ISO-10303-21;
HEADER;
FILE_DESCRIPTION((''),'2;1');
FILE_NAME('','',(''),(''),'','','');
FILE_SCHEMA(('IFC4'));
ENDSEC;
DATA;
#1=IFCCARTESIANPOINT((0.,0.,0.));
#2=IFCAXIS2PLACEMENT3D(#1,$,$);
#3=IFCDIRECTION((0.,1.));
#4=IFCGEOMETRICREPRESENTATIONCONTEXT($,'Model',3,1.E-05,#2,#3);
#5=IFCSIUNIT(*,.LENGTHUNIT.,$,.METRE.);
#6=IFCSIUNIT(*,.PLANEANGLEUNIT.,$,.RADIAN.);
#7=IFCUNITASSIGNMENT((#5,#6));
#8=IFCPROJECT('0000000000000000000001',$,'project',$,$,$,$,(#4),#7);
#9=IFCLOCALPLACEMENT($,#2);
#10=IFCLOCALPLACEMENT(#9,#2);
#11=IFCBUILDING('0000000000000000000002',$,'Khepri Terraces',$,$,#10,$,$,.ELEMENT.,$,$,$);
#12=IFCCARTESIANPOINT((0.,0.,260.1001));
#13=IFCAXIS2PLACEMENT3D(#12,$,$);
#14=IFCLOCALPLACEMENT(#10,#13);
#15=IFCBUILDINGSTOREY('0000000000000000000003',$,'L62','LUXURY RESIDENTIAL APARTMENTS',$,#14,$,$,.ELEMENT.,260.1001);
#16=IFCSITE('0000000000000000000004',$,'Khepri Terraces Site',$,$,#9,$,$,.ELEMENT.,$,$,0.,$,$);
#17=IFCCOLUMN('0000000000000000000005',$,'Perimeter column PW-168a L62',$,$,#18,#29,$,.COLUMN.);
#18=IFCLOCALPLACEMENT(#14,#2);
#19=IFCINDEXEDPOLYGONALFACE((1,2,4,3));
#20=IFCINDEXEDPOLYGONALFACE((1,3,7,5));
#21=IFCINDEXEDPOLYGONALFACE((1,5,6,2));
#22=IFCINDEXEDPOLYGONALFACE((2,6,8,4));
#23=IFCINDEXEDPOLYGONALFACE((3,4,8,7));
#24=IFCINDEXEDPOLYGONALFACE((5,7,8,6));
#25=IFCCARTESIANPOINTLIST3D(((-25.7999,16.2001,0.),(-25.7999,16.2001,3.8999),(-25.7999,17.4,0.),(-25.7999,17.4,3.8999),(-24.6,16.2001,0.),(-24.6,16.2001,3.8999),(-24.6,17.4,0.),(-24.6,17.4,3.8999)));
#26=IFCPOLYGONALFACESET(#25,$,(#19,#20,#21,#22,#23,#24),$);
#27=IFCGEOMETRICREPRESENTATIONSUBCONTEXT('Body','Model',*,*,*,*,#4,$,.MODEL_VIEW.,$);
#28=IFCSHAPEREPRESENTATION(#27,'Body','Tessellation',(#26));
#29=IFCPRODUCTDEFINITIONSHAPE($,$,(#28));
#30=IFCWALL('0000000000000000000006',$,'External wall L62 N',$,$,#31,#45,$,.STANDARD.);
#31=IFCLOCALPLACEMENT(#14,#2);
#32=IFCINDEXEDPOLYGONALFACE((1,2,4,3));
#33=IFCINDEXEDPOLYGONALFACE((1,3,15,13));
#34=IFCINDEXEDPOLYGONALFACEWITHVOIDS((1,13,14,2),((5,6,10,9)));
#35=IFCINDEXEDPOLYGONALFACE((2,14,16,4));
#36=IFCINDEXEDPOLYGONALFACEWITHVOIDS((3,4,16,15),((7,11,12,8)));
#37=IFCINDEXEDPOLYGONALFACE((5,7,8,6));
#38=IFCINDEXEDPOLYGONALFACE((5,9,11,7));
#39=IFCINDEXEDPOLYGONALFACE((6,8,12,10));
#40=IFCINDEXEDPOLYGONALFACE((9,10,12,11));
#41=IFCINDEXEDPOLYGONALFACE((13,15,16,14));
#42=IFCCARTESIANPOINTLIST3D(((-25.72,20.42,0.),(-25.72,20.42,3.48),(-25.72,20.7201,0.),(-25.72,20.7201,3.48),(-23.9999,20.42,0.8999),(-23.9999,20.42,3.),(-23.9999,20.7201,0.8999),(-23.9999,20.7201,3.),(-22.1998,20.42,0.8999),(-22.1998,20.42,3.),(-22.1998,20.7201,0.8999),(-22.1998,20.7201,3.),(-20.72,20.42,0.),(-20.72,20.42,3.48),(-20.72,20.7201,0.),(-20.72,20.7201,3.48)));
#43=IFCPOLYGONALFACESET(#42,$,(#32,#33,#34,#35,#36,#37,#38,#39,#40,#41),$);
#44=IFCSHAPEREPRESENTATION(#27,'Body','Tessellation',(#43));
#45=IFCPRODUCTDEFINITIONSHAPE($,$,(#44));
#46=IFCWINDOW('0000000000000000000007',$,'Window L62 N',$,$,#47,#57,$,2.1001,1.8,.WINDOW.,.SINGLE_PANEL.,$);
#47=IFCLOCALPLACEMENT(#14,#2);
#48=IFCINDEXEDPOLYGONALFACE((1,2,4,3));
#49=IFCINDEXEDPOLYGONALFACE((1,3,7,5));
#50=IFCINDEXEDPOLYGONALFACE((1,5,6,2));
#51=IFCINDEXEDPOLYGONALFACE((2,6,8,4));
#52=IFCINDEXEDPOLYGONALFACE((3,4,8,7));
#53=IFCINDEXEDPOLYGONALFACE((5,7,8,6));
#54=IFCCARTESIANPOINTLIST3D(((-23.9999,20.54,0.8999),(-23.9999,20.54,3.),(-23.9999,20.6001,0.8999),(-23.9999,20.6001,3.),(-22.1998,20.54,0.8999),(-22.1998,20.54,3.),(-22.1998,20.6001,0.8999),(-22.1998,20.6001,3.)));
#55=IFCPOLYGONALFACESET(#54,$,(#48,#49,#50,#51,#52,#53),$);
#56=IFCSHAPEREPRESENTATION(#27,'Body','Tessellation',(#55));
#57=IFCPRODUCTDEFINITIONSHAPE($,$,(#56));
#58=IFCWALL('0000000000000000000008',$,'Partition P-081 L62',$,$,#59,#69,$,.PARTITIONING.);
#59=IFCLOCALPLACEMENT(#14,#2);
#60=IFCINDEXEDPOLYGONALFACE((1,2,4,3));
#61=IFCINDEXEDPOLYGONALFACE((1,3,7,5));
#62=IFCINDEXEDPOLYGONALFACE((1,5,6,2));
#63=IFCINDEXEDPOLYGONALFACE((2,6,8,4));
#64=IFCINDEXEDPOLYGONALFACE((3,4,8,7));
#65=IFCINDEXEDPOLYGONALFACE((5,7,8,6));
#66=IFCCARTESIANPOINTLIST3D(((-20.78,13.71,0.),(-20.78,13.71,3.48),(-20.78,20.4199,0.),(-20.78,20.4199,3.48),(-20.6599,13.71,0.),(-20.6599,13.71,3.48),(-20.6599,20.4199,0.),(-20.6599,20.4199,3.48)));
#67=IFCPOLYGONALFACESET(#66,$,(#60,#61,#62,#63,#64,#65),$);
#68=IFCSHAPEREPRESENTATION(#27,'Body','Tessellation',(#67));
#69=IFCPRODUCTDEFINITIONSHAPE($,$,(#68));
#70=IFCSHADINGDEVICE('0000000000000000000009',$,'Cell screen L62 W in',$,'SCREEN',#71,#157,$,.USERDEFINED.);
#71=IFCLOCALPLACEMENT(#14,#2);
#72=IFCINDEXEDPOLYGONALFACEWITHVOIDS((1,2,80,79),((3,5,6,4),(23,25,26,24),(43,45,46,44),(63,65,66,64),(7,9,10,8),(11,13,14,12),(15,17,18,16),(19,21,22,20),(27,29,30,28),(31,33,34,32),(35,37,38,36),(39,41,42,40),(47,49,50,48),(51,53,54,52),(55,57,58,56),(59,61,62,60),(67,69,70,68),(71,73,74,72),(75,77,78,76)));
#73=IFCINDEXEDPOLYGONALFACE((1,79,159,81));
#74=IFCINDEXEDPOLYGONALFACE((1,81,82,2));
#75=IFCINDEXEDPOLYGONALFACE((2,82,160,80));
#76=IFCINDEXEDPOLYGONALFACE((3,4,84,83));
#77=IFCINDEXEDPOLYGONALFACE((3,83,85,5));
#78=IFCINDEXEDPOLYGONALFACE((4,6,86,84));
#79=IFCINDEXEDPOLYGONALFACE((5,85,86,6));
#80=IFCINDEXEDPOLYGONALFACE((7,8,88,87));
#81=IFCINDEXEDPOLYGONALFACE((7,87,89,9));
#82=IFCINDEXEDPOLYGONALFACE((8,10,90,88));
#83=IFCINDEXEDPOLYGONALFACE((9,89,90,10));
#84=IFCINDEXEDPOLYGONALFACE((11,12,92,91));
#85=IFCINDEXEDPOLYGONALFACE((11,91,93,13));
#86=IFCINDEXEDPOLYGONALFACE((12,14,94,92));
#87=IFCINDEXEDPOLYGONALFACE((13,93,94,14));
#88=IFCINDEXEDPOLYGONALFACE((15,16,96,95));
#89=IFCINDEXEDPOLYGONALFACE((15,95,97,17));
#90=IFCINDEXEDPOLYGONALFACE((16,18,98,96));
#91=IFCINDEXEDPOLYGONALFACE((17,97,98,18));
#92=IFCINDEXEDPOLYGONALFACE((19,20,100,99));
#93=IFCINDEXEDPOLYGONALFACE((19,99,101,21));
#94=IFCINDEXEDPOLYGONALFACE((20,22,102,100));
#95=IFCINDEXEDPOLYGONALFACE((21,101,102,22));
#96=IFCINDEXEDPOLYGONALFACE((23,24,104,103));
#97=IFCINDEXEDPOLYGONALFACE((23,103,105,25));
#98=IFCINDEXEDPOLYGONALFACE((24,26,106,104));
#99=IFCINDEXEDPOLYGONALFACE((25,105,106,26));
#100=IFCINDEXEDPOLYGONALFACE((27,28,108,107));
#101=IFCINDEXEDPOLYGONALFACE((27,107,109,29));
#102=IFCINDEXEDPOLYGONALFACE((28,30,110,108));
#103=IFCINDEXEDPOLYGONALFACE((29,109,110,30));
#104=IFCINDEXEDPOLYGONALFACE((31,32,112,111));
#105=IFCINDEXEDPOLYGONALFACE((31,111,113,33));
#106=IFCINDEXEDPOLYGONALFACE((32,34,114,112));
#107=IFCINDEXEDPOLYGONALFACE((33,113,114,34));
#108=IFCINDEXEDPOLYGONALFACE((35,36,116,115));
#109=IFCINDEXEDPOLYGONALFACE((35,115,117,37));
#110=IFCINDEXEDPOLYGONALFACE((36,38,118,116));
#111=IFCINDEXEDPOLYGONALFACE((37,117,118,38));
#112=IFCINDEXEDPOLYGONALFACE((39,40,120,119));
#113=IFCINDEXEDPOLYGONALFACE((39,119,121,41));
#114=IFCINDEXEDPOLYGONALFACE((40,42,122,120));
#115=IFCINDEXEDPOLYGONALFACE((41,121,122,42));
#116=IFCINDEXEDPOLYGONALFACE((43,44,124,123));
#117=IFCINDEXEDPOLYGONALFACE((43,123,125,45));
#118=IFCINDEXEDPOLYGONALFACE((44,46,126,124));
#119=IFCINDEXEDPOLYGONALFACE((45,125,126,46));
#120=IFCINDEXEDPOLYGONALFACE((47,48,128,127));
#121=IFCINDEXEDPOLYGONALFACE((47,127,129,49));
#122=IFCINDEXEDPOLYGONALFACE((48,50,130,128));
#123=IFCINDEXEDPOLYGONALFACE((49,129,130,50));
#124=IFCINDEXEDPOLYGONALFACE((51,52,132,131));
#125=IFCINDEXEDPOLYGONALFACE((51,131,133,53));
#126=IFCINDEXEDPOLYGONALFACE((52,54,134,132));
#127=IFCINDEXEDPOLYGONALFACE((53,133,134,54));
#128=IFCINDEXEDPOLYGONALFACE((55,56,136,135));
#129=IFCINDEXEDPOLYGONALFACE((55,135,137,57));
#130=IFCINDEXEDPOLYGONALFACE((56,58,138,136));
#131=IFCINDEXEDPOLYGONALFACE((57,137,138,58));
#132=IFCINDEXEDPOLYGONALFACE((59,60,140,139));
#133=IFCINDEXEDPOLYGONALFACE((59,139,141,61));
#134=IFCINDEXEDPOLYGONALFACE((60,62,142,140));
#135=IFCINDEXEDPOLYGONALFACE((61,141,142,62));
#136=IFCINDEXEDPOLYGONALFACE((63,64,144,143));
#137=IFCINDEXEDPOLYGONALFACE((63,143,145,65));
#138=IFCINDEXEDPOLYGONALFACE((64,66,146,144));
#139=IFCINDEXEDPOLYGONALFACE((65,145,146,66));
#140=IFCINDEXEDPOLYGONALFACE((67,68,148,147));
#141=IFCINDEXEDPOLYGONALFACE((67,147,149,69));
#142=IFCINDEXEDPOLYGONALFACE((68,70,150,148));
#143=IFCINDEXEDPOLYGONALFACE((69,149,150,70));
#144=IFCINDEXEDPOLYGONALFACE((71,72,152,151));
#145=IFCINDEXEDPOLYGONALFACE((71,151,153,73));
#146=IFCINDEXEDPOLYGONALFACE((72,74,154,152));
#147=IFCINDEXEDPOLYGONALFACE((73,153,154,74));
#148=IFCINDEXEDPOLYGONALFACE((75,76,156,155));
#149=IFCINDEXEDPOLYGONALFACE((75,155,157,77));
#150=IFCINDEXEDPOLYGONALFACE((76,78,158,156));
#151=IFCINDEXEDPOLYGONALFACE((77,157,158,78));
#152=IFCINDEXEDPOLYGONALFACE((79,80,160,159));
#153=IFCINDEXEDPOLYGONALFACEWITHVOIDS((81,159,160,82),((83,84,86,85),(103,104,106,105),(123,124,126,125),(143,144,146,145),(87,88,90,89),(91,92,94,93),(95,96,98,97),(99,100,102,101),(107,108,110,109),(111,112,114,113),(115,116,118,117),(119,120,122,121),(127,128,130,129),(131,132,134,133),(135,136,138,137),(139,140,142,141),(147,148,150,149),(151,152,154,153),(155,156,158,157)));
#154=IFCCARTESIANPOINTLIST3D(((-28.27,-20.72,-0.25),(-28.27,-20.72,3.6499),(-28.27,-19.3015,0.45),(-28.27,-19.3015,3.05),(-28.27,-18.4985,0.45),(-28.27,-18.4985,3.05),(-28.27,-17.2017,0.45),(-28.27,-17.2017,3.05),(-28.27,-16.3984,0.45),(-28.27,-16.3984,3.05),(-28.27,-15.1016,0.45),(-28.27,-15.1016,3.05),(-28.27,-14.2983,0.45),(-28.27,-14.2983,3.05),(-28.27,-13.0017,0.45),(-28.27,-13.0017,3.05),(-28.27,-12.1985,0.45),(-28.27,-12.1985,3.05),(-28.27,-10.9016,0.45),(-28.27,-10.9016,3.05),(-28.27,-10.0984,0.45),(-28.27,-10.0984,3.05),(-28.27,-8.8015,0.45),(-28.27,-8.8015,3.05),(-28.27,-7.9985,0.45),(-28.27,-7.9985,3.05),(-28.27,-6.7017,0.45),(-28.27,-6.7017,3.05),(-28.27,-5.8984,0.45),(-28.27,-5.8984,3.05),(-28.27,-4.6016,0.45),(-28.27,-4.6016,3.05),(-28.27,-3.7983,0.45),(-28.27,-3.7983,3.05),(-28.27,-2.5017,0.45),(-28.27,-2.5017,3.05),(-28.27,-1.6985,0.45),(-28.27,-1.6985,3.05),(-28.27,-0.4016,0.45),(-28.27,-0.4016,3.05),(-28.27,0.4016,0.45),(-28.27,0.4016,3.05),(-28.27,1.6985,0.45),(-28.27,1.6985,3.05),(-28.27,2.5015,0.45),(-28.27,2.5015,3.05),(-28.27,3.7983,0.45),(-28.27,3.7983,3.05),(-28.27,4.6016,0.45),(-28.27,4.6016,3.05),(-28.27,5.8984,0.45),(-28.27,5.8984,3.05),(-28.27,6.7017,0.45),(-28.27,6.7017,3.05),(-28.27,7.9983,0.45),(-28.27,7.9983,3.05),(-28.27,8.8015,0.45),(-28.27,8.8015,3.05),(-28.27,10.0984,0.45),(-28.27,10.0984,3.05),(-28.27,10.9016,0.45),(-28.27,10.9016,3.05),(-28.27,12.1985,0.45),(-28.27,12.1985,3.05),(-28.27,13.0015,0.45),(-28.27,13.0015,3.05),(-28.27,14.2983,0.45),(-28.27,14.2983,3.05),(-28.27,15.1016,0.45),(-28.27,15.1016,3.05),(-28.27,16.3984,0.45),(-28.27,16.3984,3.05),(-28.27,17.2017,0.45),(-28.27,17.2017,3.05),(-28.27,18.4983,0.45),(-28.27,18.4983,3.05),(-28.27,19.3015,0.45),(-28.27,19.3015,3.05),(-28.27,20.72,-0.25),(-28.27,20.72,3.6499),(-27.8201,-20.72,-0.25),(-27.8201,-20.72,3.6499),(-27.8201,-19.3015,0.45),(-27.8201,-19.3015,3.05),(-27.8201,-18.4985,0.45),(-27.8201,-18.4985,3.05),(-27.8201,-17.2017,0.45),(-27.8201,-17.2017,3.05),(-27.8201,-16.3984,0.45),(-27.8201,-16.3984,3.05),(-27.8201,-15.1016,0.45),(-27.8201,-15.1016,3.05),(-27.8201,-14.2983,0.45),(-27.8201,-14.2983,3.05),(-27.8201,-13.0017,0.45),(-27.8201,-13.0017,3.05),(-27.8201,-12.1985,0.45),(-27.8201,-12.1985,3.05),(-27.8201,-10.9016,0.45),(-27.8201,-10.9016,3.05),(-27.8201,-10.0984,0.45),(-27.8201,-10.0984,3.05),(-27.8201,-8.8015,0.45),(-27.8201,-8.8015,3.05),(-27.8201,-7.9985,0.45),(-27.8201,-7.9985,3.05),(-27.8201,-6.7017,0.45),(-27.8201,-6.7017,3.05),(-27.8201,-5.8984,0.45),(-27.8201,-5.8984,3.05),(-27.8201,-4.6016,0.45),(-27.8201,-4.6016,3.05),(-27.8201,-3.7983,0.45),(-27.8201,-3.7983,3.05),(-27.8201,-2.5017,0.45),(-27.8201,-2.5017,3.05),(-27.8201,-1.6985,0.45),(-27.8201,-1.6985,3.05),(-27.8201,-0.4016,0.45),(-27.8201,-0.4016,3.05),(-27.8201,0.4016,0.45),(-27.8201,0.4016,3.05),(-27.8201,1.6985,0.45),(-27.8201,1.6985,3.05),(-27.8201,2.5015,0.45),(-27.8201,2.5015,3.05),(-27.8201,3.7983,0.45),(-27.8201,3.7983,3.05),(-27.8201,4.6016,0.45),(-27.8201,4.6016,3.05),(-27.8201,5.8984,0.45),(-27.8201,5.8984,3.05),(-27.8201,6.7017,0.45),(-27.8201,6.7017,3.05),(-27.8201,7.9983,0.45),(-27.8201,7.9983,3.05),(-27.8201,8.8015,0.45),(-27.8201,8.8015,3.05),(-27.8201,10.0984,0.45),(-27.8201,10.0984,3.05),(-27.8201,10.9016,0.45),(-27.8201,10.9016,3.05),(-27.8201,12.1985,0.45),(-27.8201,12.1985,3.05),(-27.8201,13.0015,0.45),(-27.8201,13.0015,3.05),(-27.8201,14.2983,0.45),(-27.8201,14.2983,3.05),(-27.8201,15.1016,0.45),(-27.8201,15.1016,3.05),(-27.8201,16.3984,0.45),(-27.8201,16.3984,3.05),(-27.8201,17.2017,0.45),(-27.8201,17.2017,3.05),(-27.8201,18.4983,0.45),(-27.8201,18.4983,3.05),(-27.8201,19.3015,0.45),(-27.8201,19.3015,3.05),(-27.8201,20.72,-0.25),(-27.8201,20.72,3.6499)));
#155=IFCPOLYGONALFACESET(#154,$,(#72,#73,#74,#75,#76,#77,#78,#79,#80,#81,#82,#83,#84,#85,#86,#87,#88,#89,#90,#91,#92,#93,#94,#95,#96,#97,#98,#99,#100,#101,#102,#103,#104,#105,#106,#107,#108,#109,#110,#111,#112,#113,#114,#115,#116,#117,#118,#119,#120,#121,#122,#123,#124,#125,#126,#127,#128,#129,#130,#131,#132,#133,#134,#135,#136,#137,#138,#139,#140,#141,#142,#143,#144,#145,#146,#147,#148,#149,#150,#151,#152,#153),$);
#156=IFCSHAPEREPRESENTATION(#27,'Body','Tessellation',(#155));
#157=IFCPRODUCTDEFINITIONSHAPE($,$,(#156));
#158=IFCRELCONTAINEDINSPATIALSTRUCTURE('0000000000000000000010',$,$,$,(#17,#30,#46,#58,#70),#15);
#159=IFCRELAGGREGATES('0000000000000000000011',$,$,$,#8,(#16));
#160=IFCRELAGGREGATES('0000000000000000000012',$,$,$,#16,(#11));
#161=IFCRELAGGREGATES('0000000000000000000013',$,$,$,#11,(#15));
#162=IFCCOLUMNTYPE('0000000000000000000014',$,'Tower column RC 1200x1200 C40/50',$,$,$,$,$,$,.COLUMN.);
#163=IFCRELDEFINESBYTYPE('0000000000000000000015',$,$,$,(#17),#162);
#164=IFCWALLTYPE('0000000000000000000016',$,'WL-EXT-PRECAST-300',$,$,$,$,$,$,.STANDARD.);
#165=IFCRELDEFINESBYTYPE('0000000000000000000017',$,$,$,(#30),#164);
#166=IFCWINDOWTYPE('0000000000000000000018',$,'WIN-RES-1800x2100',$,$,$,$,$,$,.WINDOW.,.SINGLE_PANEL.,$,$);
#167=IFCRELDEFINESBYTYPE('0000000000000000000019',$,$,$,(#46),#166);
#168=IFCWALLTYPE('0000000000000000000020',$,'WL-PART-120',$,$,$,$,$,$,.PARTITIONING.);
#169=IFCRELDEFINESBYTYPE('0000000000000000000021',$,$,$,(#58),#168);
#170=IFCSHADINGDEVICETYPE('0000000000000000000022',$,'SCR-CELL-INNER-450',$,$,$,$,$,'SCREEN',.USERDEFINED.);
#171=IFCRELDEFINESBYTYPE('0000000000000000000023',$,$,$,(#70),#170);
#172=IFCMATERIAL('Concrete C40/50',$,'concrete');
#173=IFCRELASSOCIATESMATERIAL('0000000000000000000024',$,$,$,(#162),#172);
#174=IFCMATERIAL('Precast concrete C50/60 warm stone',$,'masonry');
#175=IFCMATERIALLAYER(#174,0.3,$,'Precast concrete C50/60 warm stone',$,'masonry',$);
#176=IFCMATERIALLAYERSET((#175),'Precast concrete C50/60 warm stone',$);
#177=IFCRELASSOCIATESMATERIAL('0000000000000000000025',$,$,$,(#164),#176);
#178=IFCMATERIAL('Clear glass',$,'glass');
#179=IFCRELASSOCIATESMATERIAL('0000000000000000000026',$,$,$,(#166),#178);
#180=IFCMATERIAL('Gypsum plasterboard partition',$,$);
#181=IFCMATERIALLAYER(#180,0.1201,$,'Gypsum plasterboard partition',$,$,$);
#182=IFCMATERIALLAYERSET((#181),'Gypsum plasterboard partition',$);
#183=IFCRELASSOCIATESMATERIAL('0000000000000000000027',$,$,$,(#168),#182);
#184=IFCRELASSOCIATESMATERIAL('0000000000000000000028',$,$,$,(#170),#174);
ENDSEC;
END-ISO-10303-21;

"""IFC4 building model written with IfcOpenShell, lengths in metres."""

from ifc_helpers import new_model, si_unit, direction, frame, frame_2d, origin, origin_2d, place, context, subcontext, project, spatial, polyline, rectangle, outline, extrude, material, layer, layer_set, material_profile, profile_set, type_object, element, fill, save


model = new_model("IFC4")

# Units and contexts
model_context = context("Model", 3, precision=1e-05, world=origin(), true_north=direction((0.0, 1.0)))
body_context = subcontext(model_context, "Body", "Model", "MODEL_VIEW")
ifc_project = project(units=[si_unit("LENGTHUNIT", "METRE"), si_unit("PLANEANGLEUNIT", "RADIAN")], contexts=[model_context])

# Site, building, storey
site_placement = place(None, origin())
site = spatial("IfcSite", under=ifc_project, at=site_placement, Name="Khepri Terraces Site", CompositionType="ELEMENT", RefElevation=0.0)
building_placement = place(site_placement, origin())
building = spatial("IfcBuilding", under=site, at=building_placement, Name="Khepri Terraces", CompositionType="ELEMENT")
storey_placement = place(building_placement, frame((0.0, 0.0, 260.1001)))
storey = spatial("IfcBuildingStorey", under=building, at=storey_placement, Name="L62", Description="LUXURY RESIDENTIAL APARTMENTS", CompositionType="ELEMENT", Elevation=260.1001)

# Column
ifc_material_1 = material(Name="Concrete C40/50", Category="concrete")
ifc_material_profile = material_profile(ifc_material_1, rectangle(XDim=1.2, YDim=1.2, at=origin_2d()), Name="Concrete C40/50", Category="concrete")
ifc_profile_set = profile_set([ifc_material_profile], Name="Concrete C40/50")
column_type = type_object("IfcColumnType", Name="Tower column RC 1200x1200 C40/50", PredefinedType="COLUMN", material=ifc_profile_set)
column_placement = place(storey_placement, frame((-25.2, 16.8, 0.0), z_axis=(0.0, 0.0, 1.0), x_axis=(1.0, 0.0, 0.0)))
element("IfcColumn", 1, at=column_placement, inside=storey, type_object=column_type, Name="Perimeter column PW-168a L62", PredefinedType="COLUMN", context=body_context, shape_type="SweptSolid", body=[
    extrude(rectangle(XDim=1.2, YDim=1.2, at=origin_2d()), origin(), (0.0, 0.0, 1.0), 3.8999),
])

# Wall, opening, window
ifc_material_2 = material(Name="Precast concrete C50/60 warm stone", Category="masonry")
ifc_layer_1 = layer(ifc_material_2, 0.3, Name="Precast concrete C50/60 warm stone", Category="masonry")
ifc_layer_set_1 = layer_set([ifc_layer_1], Name="Precast concrete C50/60 warm stone")
wall_type_1 = type_object("IfcWallType", Name="WL-EXT-PRECAST-300", PredefinedType="STANDARD", material=ifc_layer_set_1)
wall_1_placement = place(storey_placement, frame((-20.72, 20.5701, 0.0), z_axis=(0.0, 0.0, 1.0), x_axis=(-1.0, 0.0, 0.0)))
wall_1 = element("IfcWall", 2, at=wall_1_placement, inside=storey, type_object=wall_type_1, Name="External wall L62 N", PredefinedType="STANDARD", context=body_context, shape_type="SweptSolid", body=[
    extrude(rectangle(XDim=5.0, YDim=0.3, at=frame_2d((2.5, 0.0))), origin(), (0.0, 0.0, 1.0), 3.48),
])
opening_1_placement = place(wall_1_placement, frame((1.48, 0.0, 0.8999)))
opening_1 = element("IfcOpeningElement", 3, at=opening_1_placement, cuts=wall_1, PredefinedType="OPENING", context=body_context, shape_type="SweptSolid", body=[
    extrude(rectangle(XDim=1.8, YDim=2.1001, at=frame_2d((0.8999, 1.05))), frame((0.0, 0.1602, 0.0), z_axis=(0.0, -1.0, 0.0), x_axis=(1.0, 0.0, 0.0)), (0.0, 0.0, 1.0), 0.3201),
])
ifc_material_3 = material(Name="Clear glass", Category="glass")
window_type = type_object("IfcWindowType", Name="WIN-RES-1800x2100", PartitioningType="SINGLE_PANEL", PredefinedType="WINDOW", material=ifc_material_3)
window_1_placement = place(opening_1_placement, origin())
window_1 = element("IfcWindow", 4, at=window_1_placement, inside=storey, type_object=window_type, Name="Window L62 N", OverallHeight=2.1001, OverallWidth=1.8, PartitioningType="SINGLE_PANEL", PredefinedType="WINDOW", context=body_context, shape_type="SweptSolid", body=[
    extrude(rectangle(XDim=1.8, YDim=2.1001, at=frame_2d((0.8999, 1.05))), frame((0.0, 0.03, 0.0), z_axis=(0.0, -1.0, 0.0), x_axis=(1.0, 0.0, 0.0)), (0.0, 0.0, 1.0), 0.0601),
])
fill(opening_1, window_1)

# Wall
ifc_material_4 = material(Name="Gypsum plasterboard partition")
ifc_layer_2 = layer(ifc_material_4, 0.1201, Name="Gypsum plasterboard partition")
ifc_layer_set_2 = layer_set([ifc_layer_2], Name="Gypsum plasterboard partition")
wall_type_2 = type_object("IfcWallType", Name="WL-PART-120", PredefinedType="PARTITIONING", material=ifc_layer_set_2)
wall_2_placement = place(storey_placement, frame((-20.72, 13.71, 0.0), z_axis=(0.0, 0.0, 1.0), x_axis=(0.0, 1.0, 0.0)))
element("IfcWall", 5, at=wall_2_placement, inside=storey, type_object=wall_type_2, Name="Partition P-081 L62", PredefinedType="PARTITIONING", context=body_context, shape_type="SweptSolid", body=[
    extrude(rectangle(XDim=6.71, YDim=0.1201, at=frame_2d((3.355, 0.0))), origin(), (0.0, 0.0, 1.0), 3.48),
])

# Shading device
shading_device_type_1 = type_object("IfcShadingDeviceType", Name="SCR-CELL-INNER-450", ElementType="SCREEN", PredefinedType="USERDEFINED", material=ifc_material_2)
shading_device_1_placement = place(storey_placement, frame((-27.8201, 20.72, -0.25), z_axis=(-1.0, 0.0, 0.0), x_axis=(0.0, -1.0, 0.0)))
element("IfcShadingDevice", 6, at=shading_device_1_placement, inside=storey, type_object=shading_device_type_1, Name="Cell screen L62 W in", ObjectType="SCREEN", PredefinedType="USERDEFINED", context=body_context, shape_type="SweptSolid", body=[
    extrude(outline(polyline([(0.0, 0.0), (41.4399, 0.0), (41.4399, 3.8999), (0.0, 3.8999), (0.0, 0.0)]), holes=[polyline([(1.4185, 0.7), (2.2217, 0.7), (2.2217, 3.3), (1.4185, 3.3), (1.4185, 0.7)]), polyline([(3.5183, 0.7), (4.3215, 0.7), (4.3215, 3.3), (3.5183, 3.3), (3.5183, 0.7)]), polyline([(5.6184, 0.7), (6.4216, 0.7), (6.4216, 3.3), (5.6184, 3.3), (5.6184, 0.7)]), polyline([(7.7185, 0.7), (8.5215, 0.7), (8.5215, 3.3), (7.7185, 3.3), (7.7185, 0.7)]), polyline([(9.8184, 0.7), (10.6216, 0.7), (10.6216, 3.3), (9.8184, 3.3), (9.8184, 0.7)]), polyline([(11.9185, 0.7), (12.7217, 0.7), (12.7217, 3.3), (11.9185, 3.3), (11.9185, 0.7)]), polyline([(14.0183, 0.7), (14.8215, 0.7), (14.8215, 3.3), (14.0183, 3.3), (14.0183, 0.7)]), polyline([(16.1184, 0.7), (16.9216, 0.7), (16.9216, 3.3), (16.1184, 3.3), (16.1184, 0.7)]), polyline([(18.2185, 0.7), (19.0215, 0.7), (19.0215, 3.3), (18.2185, 3.3), (18.2185, 0.7)]), polyline([(20.3184, 0.7), (21.1216, 0.7), (21.1216, 3.3), (20.3184, 3.3), (20.3184, 0.7)]), polyline([(22.4185, 0.7), (23.2217, 0.7), (23.2217, 3.3), (22.4185, 3.3), (22.4185, 0.7)]), polyline([(24.5183, 0.7), (25.3215, 0.7), (25.3215, 3.3), (24.5183, 3.3), (24.5183, 0.7)]), polyline([(26.6184, 0.7), (27.4216, 0.7), (27.4216, 3.3), (26.6184, 3.3), (26.6184, 0.7)]), polyline([(28.7185, 0.7), (29.5215, 0.7), (29.5215, 3.3), (28.7185, 3.3), (28.7185, 0.7)]), polyline([(30.8184, 0.7), (31.6216, 0.7), (31.6216, 3.3), (30.8184, 3.3), (30.8184, 0.7)]), polyline([(32.9185, 0.7), (33.7217, 0.7), (33.7217, 3.3), (32.9185, 3.3), (32.9185, 0.7)]), polyline([(35.0183, 0.7), (35.8215, 0.7), (35.8215, 3.3), (35.0183, 3.3), (35.0183, 0.7)]), polyline([(37.1184, 0.7), (37.9216, 0.7), (37.9216, 3.3), (37.1184, 3.3), (37.1184, 0.7)]), polyline([(39.2185, 0.7), (40.0215, 0.7), (40.0215, 3.3), (39.2185, 3.3), (39.2185, 0.7)])]), origin(), (0.0, 0.0, 1.0), 0.45),
])

save(model, "model.ifc")
